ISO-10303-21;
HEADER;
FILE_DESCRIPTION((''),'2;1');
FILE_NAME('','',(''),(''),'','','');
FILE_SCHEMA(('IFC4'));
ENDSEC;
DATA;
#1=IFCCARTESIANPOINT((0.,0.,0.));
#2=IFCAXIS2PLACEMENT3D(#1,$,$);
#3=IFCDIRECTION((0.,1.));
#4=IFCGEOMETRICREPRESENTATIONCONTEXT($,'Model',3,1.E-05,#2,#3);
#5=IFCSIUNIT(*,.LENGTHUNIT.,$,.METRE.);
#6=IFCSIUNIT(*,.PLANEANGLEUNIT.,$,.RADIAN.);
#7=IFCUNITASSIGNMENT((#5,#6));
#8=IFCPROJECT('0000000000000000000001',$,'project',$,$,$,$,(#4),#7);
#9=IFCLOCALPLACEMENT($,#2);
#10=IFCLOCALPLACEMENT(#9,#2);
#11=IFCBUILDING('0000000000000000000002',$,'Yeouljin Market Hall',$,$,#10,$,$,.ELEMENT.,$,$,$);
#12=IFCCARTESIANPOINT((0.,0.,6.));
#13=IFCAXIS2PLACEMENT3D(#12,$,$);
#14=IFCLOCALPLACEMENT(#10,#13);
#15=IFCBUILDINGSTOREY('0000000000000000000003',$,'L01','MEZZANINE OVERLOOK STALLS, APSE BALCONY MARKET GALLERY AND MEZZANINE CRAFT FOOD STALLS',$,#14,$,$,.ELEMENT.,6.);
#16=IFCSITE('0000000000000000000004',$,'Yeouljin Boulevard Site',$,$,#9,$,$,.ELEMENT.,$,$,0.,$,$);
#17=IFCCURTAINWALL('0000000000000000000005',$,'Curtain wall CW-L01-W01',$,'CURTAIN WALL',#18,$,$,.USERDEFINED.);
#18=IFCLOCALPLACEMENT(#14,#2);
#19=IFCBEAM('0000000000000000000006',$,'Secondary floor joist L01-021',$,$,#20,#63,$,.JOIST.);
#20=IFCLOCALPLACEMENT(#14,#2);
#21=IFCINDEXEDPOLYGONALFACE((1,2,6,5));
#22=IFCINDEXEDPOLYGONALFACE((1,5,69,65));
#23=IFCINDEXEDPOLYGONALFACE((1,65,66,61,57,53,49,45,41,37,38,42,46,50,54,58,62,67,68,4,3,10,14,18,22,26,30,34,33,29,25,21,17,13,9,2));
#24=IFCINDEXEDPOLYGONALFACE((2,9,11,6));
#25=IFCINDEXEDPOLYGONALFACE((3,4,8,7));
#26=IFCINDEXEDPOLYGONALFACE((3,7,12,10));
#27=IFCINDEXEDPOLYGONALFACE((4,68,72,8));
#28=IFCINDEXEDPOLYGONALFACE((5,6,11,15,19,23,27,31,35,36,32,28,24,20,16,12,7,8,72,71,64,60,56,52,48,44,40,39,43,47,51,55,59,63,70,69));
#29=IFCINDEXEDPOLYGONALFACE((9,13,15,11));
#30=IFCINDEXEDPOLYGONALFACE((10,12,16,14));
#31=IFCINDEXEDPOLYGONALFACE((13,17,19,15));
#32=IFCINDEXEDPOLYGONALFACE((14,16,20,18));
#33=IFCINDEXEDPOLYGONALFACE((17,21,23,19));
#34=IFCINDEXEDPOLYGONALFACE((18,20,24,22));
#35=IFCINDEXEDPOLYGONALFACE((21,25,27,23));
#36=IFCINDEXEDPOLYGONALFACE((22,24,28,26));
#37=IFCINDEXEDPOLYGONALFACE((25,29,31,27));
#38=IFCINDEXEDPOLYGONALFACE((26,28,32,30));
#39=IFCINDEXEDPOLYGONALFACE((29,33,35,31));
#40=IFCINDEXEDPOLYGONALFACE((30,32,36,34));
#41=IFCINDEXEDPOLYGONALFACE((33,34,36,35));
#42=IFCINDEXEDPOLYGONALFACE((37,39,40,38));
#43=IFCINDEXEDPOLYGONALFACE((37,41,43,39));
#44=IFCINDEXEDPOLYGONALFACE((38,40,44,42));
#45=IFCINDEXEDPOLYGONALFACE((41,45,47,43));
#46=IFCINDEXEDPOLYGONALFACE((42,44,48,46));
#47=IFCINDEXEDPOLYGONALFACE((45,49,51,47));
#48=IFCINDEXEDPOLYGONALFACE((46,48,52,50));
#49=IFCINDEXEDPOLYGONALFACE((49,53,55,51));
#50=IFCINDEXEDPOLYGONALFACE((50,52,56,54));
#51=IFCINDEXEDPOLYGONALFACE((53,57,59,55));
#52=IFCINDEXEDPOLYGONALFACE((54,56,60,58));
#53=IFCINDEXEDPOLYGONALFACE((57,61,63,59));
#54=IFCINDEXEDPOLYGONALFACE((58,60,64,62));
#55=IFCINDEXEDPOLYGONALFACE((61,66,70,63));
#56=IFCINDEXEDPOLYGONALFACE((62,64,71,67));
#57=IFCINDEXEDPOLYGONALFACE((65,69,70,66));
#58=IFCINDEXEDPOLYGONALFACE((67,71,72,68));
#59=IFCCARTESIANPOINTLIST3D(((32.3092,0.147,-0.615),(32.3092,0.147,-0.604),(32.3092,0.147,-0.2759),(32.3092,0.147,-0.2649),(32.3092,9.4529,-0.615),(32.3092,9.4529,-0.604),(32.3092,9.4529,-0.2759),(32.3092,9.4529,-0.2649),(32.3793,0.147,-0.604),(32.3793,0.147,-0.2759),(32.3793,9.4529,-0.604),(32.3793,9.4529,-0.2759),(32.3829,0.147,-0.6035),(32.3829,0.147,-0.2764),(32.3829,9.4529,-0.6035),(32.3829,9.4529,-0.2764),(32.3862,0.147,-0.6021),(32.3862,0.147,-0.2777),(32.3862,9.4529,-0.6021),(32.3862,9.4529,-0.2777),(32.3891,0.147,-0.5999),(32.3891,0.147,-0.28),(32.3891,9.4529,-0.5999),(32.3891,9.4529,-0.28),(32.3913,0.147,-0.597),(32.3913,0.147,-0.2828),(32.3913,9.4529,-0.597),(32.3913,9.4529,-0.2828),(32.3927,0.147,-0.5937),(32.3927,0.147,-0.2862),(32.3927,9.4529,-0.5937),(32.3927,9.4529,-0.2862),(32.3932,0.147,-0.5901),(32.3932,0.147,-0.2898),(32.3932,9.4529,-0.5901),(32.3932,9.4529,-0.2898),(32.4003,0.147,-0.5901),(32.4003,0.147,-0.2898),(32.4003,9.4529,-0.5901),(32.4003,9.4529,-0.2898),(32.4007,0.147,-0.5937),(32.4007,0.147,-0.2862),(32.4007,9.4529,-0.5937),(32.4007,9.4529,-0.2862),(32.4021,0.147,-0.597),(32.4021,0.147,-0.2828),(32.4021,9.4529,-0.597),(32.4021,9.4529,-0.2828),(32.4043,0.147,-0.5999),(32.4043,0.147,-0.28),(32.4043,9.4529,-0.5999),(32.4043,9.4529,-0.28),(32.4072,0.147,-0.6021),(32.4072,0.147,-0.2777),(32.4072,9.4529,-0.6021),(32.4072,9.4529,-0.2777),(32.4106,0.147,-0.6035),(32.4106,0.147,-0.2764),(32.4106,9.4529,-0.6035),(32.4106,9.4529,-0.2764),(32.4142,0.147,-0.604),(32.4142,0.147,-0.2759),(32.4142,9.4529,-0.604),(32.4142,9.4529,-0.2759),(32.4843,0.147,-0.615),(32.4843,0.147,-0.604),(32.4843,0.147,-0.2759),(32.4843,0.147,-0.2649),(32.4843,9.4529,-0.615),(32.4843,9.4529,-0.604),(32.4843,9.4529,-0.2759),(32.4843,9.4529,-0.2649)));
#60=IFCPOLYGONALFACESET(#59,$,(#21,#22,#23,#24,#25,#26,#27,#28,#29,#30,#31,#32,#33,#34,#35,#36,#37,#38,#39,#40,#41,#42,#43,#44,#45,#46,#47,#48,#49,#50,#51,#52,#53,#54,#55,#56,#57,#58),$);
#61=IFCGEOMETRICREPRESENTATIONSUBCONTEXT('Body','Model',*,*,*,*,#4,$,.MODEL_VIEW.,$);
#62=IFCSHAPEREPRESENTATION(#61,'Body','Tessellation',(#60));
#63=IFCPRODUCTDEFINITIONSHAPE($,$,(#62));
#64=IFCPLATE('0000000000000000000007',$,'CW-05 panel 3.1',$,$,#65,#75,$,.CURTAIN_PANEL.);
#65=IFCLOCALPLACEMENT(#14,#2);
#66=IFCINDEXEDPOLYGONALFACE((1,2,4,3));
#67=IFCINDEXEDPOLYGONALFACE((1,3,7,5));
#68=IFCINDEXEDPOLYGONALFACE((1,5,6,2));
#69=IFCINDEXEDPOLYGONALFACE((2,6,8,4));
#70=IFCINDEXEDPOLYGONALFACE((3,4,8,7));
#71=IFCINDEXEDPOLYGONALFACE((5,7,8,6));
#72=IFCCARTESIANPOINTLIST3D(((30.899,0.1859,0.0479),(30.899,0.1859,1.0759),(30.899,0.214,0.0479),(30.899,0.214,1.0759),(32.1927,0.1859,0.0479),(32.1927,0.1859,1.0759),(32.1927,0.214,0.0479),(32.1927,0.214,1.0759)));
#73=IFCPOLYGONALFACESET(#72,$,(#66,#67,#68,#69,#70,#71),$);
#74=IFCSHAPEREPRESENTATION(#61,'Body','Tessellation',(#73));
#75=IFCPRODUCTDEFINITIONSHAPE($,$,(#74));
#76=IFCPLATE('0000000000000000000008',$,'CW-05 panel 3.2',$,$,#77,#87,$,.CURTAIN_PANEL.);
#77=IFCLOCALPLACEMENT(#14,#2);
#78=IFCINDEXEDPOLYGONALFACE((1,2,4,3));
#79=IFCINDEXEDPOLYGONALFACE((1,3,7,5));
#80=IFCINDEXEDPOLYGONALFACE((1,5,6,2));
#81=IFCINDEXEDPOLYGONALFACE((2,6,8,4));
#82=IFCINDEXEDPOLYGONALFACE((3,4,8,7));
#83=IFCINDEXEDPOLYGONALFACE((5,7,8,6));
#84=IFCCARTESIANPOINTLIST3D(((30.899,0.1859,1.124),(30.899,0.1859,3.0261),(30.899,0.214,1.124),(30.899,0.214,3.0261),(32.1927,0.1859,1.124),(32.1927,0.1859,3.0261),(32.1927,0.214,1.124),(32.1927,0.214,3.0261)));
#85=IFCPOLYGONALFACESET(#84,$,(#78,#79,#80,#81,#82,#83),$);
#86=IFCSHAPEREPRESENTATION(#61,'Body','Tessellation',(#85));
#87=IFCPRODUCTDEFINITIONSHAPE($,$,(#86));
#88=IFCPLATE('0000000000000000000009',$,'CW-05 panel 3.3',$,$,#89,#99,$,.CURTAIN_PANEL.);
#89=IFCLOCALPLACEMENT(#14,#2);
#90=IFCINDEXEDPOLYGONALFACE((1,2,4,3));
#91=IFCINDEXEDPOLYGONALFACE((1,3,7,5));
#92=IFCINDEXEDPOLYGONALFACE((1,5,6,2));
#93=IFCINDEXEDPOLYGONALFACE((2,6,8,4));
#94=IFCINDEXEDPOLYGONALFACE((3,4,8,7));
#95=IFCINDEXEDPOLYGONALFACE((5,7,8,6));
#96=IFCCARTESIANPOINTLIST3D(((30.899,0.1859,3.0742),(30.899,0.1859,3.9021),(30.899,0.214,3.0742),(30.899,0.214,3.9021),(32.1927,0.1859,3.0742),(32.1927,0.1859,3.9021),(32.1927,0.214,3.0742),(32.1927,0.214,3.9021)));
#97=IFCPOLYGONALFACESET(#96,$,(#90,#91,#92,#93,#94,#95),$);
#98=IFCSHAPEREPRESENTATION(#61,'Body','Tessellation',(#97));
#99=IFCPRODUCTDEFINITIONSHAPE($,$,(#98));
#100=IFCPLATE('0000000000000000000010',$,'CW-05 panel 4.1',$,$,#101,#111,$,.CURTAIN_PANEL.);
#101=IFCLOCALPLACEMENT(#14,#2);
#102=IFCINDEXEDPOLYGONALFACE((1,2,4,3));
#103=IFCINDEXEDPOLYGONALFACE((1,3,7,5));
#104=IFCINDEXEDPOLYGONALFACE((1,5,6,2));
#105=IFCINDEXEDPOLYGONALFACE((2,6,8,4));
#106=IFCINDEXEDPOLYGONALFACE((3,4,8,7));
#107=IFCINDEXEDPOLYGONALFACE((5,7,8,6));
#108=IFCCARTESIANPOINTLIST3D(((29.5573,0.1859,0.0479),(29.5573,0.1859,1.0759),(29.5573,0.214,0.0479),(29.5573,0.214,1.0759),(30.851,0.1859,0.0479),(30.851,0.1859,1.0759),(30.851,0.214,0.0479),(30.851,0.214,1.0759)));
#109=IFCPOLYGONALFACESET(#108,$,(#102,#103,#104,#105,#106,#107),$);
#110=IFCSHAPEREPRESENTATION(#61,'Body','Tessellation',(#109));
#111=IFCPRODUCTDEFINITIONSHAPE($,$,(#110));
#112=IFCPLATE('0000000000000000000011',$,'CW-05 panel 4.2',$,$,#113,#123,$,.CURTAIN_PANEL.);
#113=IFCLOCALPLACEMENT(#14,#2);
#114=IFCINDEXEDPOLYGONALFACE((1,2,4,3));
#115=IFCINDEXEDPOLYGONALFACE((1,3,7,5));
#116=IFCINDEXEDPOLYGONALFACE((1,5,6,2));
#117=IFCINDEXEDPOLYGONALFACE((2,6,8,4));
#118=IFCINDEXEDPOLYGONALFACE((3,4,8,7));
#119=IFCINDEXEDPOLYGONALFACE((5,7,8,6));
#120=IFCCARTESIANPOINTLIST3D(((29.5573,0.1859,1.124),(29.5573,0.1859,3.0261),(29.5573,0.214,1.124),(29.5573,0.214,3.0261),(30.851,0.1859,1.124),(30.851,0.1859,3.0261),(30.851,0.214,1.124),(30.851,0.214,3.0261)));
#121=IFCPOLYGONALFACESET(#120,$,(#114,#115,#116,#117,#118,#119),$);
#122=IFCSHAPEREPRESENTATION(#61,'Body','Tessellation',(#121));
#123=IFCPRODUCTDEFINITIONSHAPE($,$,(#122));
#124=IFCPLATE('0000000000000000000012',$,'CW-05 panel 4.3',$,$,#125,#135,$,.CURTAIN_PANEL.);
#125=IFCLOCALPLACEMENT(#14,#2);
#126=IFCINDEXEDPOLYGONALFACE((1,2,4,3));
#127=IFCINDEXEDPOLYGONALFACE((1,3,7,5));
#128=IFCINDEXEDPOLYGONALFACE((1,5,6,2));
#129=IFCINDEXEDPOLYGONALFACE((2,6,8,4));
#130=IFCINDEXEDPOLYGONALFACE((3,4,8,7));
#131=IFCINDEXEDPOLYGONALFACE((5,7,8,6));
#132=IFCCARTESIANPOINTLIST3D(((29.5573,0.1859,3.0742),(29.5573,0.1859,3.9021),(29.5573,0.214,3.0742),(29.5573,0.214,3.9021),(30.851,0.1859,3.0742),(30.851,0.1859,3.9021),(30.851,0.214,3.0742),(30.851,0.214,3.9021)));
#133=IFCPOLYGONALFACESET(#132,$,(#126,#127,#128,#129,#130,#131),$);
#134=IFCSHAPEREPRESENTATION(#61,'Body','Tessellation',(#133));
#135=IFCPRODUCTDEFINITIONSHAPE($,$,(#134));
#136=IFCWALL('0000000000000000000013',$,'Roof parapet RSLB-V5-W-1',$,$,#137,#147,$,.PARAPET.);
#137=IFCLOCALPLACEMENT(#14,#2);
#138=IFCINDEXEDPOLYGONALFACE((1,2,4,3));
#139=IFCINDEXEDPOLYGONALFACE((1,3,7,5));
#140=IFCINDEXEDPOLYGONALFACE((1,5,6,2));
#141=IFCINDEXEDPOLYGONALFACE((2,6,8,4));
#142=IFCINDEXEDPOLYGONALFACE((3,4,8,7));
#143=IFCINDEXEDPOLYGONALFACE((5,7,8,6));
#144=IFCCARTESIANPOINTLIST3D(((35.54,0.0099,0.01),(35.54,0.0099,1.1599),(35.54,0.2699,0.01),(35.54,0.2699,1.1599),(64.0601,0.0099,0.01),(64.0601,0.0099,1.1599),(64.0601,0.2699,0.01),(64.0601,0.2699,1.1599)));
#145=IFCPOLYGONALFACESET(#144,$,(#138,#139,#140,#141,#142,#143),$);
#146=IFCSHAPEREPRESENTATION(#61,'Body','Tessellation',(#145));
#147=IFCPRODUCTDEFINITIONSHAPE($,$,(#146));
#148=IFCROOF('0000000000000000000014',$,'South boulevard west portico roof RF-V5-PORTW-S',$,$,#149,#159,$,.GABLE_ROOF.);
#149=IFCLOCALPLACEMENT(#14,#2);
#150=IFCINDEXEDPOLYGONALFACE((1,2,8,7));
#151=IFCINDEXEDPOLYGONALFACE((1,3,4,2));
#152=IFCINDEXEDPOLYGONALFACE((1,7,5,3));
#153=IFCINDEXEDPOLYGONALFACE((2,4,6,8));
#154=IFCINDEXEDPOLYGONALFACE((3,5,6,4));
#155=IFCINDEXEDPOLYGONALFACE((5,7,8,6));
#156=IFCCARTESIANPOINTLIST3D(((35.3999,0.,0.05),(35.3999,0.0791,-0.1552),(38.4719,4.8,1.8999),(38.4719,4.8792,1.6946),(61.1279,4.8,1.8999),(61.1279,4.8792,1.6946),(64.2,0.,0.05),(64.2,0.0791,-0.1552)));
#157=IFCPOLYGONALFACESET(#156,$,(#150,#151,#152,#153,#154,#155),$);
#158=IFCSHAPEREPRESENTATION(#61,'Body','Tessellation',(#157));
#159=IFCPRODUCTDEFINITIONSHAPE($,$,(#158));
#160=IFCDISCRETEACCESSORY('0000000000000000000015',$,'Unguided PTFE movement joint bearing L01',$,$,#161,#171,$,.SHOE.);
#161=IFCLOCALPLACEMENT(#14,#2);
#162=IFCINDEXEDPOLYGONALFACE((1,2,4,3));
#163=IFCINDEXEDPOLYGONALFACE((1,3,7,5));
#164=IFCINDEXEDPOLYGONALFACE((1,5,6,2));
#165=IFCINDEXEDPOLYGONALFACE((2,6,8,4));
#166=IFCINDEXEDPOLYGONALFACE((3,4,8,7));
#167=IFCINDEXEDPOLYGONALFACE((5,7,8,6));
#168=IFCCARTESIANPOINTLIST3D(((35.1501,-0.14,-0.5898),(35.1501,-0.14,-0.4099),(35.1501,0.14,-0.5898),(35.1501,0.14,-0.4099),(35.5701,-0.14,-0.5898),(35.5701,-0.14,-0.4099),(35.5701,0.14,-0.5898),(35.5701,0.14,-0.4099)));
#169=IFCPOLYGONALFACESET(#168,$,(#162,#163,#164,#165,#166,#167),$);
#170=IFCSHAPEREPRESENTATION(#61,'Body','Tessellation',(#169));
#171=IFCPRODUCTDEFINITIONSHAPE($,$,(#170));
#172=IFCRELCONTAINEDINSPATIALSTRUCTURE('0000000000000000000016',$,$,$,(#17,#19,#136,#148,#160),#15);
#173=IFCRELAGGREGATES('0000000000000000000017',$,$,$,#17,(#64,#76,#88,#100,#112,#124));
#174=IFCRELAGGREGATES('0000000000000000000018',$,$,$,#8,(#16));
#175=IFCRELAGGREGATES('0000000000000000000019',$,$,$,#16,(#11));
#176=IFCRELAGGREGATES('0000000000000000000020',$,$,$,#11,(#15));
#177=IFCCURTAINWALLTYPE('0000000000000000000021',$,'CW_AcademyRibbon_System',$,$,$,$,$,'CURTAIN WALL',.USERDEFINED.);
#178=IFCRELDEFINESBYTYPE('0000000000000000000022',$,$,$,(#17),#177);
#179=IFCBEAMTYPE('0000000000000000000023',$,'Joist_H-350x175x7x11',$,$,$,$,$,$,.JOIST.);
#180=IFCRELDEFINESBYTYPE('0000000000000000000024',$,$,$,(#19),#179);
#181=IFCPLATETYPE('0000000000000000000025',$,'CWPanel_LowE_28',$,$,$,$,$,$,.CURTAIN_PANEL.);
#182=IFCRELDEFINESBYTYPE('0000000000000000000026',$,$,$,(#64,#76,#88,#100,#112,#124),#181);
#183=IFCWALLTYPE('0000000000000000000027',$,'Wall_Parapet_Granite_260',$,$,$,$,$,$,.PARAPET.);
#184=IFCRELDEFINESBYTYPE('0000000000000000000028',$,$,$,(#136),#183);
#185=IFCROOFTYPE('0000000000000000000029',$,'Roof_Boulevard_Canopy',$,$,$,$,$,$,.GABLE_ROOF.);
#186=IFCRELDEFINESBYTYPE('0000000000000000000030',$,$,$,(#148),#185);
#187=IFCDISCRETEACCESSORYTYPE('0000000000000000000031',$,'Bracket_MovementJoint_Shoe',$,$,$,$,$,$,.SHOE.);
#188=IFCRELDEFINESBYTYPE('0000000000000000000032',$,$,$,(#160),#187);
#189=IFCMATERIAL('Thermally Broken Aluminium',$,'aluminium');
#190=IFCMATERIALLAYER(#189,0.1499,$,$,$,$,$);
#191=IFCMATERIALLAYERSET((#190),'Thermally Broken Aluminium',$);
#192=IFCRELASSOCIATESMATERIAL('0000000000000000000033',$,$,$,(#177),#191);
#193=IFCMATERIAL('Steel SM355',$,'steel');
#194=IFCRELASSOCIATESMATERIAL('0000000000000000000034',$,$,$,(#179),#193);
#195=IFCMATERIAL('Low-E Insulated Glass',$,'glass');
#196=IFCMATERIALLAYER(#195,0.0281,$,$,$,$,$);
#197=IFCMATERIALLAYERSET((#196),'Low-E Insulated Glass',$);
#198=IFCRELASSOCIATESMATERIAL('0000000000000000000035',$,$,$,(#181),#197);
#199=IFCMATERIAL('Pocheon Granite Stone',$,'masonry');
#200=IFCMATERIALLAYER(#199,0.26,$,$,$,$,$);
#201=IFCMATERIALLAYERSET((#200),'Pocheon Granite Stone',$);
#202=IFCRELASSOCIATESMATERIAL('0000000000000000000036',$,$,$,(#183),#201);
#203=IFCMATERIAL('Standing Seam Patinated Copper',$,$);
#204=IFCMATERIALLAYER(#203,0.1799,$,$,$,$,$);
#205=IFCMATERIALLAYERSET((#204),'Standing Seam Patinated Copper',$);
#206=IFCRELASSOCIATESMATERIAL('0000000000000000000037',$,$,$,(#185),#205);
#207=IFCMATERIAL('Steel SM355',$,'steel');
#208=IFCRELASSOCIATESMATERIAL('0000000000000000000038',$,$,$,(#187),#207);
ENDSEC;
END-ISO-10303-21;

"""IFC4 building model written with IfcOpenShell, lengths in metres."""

from ifc_helpers import new_model, si_unit, direction, frame, frame_2d, origin, origin_2d, place, context, subcontext, project, spatial, polyline, rectangle, i_section, outline, extrude, material, layer, layer_set, material_profile, profile_set, type_object, element, aggregate, save


model = new_model("IFC4")

# Units and contexts
model_context = context("Model", 3, precision=1e-05, world=origin(), true_north=direction((0.0, 1.0)))
body_context = subcontext(model_context, "Body", "Model", "MODEL_VIEW")
ifc_project = project(units=[si_unit("LENGTHUNIT", "METRE"), si_unit("PLANEANGLEUNIT", "RADIAN")], contexts=[model_context])

# Site, building, storey
site_placement = place(None, origin())
site = spatial("IfcSite", under=ifc_project, at=site_placement, Name="Yeouljin Boulevard Site", CompositionType="ELEMENT", RefElevation=0.0)
building_placement = place(site_placement, origin())
building = spatial("IfcBuilding", under=site, at=building_placement, Name="Yeouljin Market Hall", CompositionType="ELEMENT")
storey_placement = place(building_placement, frame((0.0, 0.0, 6.0)))
storey = spatial("IfcBuildingStorey", under=building, at=storey_placement, Name="L01", Description="MEZZANINE OVERLOOK STALLS, APSE BALCONY MARKET GALLERY AND MEZZANINE CRAFT FOOD STALLS", CompositionType="ELEMENT", Elevation=6.0)

# Curtain wall
ifc_material_1 = material(Name="Thermally Broken Aluminium", Category="aluminium")
ifc_layer_1 = layer(ifc_material_1, 0.1499)
ifc_layer_set_1 = layer_set([ifc_layer_1], Name="Thermally Broken Aluminium")
curtain_wall_type = type_object("IfcCurtainWallType", Name="CW_AcademyRibbon_System", ElementType="CURTAIN WALL", PredefinedType="USERDEFINED", material=ifc_layer_set_1)
curtain_wall_placement = place(storey_placement, origin())
curtain_wall = element("IfcCurtainWall", 1, at=curtain_wall_placement, inside=storey, type_object=curtain_wall_type, Name="Curtain wall CW-L01-W01", ObjectType="CURTAIN WALL", PredefinedType="USERDEFINED")

# Beam
ifc_material_2 = material(Name="Steel SM355", Category="steel")
ifc_material_profile_1 = material_profile(ifc_material_2, i_section(OverallWidth=0.175, OverallDepth=0.3501, WebThickness=0.0071, FlangeThickness=0.011, FilletRadius=0.0139, at=origin_2d()), Name="H-350x175x7x11")
ifc_profile_set_1 = profile_set([ifc_material_profile_1], Name="Steel SM355")
beam_type_1 = type_object("IfcBeamType", Name="Joist_H-350x175x7x11", PredefinedType="JOIST", material=ifc_profile_set_1)
beam_1_placement = place(storey_placement, frame((32.3967, 0.147, -0.4399), z_axis=(0.0, 1.0, 0.0), x_axis=(-1.0, 0.0, 0.0)))
element("IfcBeam", 2, at=beam_1_placement, inside=storey, type_object=beam_type_1, Name="Secondary floor joist L01-021", PredefinedType="JOIST", context=body_context, shape_type="SweptSolid", body=[
    extrude(i_section(OverallWidth=0.175, OverallDepth=0.3501, WebThickness=0.0071, FlangeThickness=0.011, FilletRadius=0.0139, at=origin_2d()), origin(), (0.0, 0.0, 1.0), 9.3059),
])

# Plates
ifc_material_3 = material(Name="Low-E Insulated Glass", Category="glass")
ifc_layer_2 = layer(ifc_material_3, 0.0281)
ifc_layer_set_2 = layer_set([ifc_layer_2], Name="Low-E Insulated Glass")
plate_type = type_object("IfcPlateType", Name="CWPanel_LowE_28", PredefinedType="CURTAIN_PANEL", material=ifc_layer_set_2)
plate_1_placement = place(storey_placement, frame((31.5459, 0.2, 0.0479), z_axis=(0.0, 0.0, 1.0), x_axis=(-1.0, 0.0, 0.0)))
plate_1 = element("IfcPlate", 3, at=plate_1_placement, type_object=plate_type, Name="CW-05 panel 3.1", PredefinedType="CURTAIN_PANEL", context=body_context, shape_type="SweptSolid", body=[
    extrude(rectangle(XDim=1.2937, YDim=0.0281, at=origin_2d()), origin(), (0.0, 0.0, 1.0), 1.0281),
])
plate_2_placement = place(storey_placement, frame((31.5459, 0.2, 1.124), z_axis=(0.0, 0.0, 1.0), x_axis=(-1.0, 0.0, 0.0)))
plate_2 = element("IfcPlate", 4, at=plate_2_placement, type_object=plate_type, Name="CW-05 panel 3.2", PredefinedType="CURTAIN_PANEL", context=body_context, shape_type="SweptSolid", body=[
    extrude(rectangle(XDim=1.2937, YDim=0.0281, at=origin_2d()), origin(), (0.0, 0.0, 1.0), 1.9021),
])
plate_3_placement = place(storey_placement, frame((31.5459, 0.2, 3.0742), z_axis=(0.0, 0.0, 1.0), x_axis=(-1.0, 0.0, 0.0)))
plate_3 = element("IfcPlate", 5, at=plate_3_placement, type_object=plate_type, Name="CW-05 panel 3.3", PredefinedType="CURTAIN_PANEL", context=body_context, shape_type="SweptSolid", body=[
    extrude(rectangle(XDim=1.2937, YDim=0.0281, at=origin_2d()), origin(), (0.0, 0.0, 1.0), 0.8279),
])
plate_4_placement = place(storey_placement, frame((30.2041, 0.2, 0.0479), z_axis=(0.0, 0.0, 1.0), x_axis=(-1.0, 0.0, 0.0)))
plate_4 = element("IfcPlate", 6, at=plate_4_placement, type_object=plate_type, Name="CW-05 panel 4.1", PredefinedType="CURTAIN_PANEL", context=body_context, shape_type="SweptSolid", body=[
    extrude(rectangle(XDim=1.2937, YDim=0.0281, at=origin_2d()), origin(), (0.0, 0.0, 1.0), 1.0281),
])
plate_5_placement = place(storey_placement, frame((30.2041, 0.2, 1.124), z_axis=(0.0, 0.0, 1.0), x_axis=(-1.0, 0.0, 0.0)))
plate_5 = element("IfcPlate", 7, at=plate_5_placement, type_object=plate_type, Name="CW-05 panel 4.2", PredefinedType="CURTAIN_PANEL", context=body_context, shape_type="SweptSolid", body=[
    extrude(rectangle(XDim=1.2937, YDim=0.0281, at=origin_2d()), origin(), (0.0, 0.0, 1.0), 1.9021),
])
plate_6_placement = place(storey_placement, frame((30.2041, 0.2, 3.0742), z_axis=(0.0, 0.0, 1.0), x_axis=(-1.0, 0.0, 0.0)))
plate_6 = element("IfcPlate", 8, at=plate_6_placement, type_object=plate_type, Name="CW-05 panel 4.3", PredefinedType="CURTAIN_PANEL", context=body_context, shape_type="SweptSolid", body=[
    extrude(rectangle(XDim=1.2937, YDim=0.0281, at=origin_2d()), origin(), (0.0, 0.0, 1.0), 0.8279),
])
aggregate(curtain_wall, [plate_1, plate_2, plate_3, plate_4, plate_5, plate_6])

# Wall
ifc_material_4 = material(Name="Pocheon Granite Stone", Category="masonry")
ifc_layer_3 = layer(ifc_material_4, 0.26)
ifc_layer_set_3 = layer_set([ifc_layer_3], Name="Pocheon Granite Stone")
wall_type = type_object("IfcWallType", Name="Wall_Parapet_Granite_260", PredefinedType="PARAPET", material=ifc_layer_set_3)
wall_placement = place(storey_placement, frame((35.54, 0.1399, 0.01), z_axis=(0.0, 0.0, 1.0), x_axis=(1.0, 0.0, 0.0)))
element("IfcWall", 9, at=wall_placement, inside=storey, type_object=wall_type, Name="Roof parapet RSLB-V5-W-1", PredefinedType="PARAPET", context=body_context, shape_type="SweptSolid", body=[
    extrude(rectangle(XDim=28.52, YDim=0.26, at=frame_2d((14.26, 0.0))), origin(), (0.0, 0.0, 1.0), 1.1499),
])

# Roof
ifc_material_5 = material(Name="Standing Seam Patinated Copper")
ifc_layer_4 = layer(ifc_material_5, 0.1799)
ifc_layer_set_4 = layer_set([ifc_layer_4], Name="Standing Seam Patinated Copper")
roof_type = type_object("IfcRoofType", Name="Roof_Boulevard_Canopy", PredefinedType="GABLE_ROOF", material=ifc_layer_set_4)
roof_placement = place(storey_placement, frame((35.3999, 0.0, 0.05), z_axis=(0.0, -0.359602, 0.933106), x_axis=(1.0, 0.0, 0.0)))
element("IfcRoof", 10, at=roof_placement, inside=storey, type_object=roof_type, Name="South boulevard west portico roof RF-V5-PORTW-S", PredefinedType="GABLE_ROOF", context=body_context, shape_type="SweptSolid", body=[
    extrude(outline(polyline([(0.0, 0.0), (28.8, 0.0), (25.728, 5.1442), (3.072, 5.1442), (0.0, 0.0)])), origin(), (0.0, 0.0, -1.0), 0.22),
])

# Discrete accessory
ifc_material_6 = material(Name="Steel SM355", Category="steel")
discrete_accessory_type = type_object("IfcDiscreteAccessoryType", Name="Bracket_MovementJoint_Shoe", PredefinedType="SHOE", material=ifc_material_6)
discrete_accessory_placement = place(storey_placement, frame((35.3601, 0.0, -0.5898), z_axis=(0.0, 0.0, 1.0), x_axis=(1.0, 0.0, 0.0)))
element("IfcDiscreteAccessory", 11, at=discrete_accessory_placement, inside=storey, type_object=discrete_accessory_type, Name="Unguided PTFE movement joint bearing L01", PredefinedType="SHOE", context=body_context, shape_type="SweptSolid", body=[
    extrude(rectangle(XDim=0.4199, YDim=0.28, at=origin_2d()), origin(), (0.0, 0.0, 1.0), 0.1799),
])

save(model, "model.ifc")
